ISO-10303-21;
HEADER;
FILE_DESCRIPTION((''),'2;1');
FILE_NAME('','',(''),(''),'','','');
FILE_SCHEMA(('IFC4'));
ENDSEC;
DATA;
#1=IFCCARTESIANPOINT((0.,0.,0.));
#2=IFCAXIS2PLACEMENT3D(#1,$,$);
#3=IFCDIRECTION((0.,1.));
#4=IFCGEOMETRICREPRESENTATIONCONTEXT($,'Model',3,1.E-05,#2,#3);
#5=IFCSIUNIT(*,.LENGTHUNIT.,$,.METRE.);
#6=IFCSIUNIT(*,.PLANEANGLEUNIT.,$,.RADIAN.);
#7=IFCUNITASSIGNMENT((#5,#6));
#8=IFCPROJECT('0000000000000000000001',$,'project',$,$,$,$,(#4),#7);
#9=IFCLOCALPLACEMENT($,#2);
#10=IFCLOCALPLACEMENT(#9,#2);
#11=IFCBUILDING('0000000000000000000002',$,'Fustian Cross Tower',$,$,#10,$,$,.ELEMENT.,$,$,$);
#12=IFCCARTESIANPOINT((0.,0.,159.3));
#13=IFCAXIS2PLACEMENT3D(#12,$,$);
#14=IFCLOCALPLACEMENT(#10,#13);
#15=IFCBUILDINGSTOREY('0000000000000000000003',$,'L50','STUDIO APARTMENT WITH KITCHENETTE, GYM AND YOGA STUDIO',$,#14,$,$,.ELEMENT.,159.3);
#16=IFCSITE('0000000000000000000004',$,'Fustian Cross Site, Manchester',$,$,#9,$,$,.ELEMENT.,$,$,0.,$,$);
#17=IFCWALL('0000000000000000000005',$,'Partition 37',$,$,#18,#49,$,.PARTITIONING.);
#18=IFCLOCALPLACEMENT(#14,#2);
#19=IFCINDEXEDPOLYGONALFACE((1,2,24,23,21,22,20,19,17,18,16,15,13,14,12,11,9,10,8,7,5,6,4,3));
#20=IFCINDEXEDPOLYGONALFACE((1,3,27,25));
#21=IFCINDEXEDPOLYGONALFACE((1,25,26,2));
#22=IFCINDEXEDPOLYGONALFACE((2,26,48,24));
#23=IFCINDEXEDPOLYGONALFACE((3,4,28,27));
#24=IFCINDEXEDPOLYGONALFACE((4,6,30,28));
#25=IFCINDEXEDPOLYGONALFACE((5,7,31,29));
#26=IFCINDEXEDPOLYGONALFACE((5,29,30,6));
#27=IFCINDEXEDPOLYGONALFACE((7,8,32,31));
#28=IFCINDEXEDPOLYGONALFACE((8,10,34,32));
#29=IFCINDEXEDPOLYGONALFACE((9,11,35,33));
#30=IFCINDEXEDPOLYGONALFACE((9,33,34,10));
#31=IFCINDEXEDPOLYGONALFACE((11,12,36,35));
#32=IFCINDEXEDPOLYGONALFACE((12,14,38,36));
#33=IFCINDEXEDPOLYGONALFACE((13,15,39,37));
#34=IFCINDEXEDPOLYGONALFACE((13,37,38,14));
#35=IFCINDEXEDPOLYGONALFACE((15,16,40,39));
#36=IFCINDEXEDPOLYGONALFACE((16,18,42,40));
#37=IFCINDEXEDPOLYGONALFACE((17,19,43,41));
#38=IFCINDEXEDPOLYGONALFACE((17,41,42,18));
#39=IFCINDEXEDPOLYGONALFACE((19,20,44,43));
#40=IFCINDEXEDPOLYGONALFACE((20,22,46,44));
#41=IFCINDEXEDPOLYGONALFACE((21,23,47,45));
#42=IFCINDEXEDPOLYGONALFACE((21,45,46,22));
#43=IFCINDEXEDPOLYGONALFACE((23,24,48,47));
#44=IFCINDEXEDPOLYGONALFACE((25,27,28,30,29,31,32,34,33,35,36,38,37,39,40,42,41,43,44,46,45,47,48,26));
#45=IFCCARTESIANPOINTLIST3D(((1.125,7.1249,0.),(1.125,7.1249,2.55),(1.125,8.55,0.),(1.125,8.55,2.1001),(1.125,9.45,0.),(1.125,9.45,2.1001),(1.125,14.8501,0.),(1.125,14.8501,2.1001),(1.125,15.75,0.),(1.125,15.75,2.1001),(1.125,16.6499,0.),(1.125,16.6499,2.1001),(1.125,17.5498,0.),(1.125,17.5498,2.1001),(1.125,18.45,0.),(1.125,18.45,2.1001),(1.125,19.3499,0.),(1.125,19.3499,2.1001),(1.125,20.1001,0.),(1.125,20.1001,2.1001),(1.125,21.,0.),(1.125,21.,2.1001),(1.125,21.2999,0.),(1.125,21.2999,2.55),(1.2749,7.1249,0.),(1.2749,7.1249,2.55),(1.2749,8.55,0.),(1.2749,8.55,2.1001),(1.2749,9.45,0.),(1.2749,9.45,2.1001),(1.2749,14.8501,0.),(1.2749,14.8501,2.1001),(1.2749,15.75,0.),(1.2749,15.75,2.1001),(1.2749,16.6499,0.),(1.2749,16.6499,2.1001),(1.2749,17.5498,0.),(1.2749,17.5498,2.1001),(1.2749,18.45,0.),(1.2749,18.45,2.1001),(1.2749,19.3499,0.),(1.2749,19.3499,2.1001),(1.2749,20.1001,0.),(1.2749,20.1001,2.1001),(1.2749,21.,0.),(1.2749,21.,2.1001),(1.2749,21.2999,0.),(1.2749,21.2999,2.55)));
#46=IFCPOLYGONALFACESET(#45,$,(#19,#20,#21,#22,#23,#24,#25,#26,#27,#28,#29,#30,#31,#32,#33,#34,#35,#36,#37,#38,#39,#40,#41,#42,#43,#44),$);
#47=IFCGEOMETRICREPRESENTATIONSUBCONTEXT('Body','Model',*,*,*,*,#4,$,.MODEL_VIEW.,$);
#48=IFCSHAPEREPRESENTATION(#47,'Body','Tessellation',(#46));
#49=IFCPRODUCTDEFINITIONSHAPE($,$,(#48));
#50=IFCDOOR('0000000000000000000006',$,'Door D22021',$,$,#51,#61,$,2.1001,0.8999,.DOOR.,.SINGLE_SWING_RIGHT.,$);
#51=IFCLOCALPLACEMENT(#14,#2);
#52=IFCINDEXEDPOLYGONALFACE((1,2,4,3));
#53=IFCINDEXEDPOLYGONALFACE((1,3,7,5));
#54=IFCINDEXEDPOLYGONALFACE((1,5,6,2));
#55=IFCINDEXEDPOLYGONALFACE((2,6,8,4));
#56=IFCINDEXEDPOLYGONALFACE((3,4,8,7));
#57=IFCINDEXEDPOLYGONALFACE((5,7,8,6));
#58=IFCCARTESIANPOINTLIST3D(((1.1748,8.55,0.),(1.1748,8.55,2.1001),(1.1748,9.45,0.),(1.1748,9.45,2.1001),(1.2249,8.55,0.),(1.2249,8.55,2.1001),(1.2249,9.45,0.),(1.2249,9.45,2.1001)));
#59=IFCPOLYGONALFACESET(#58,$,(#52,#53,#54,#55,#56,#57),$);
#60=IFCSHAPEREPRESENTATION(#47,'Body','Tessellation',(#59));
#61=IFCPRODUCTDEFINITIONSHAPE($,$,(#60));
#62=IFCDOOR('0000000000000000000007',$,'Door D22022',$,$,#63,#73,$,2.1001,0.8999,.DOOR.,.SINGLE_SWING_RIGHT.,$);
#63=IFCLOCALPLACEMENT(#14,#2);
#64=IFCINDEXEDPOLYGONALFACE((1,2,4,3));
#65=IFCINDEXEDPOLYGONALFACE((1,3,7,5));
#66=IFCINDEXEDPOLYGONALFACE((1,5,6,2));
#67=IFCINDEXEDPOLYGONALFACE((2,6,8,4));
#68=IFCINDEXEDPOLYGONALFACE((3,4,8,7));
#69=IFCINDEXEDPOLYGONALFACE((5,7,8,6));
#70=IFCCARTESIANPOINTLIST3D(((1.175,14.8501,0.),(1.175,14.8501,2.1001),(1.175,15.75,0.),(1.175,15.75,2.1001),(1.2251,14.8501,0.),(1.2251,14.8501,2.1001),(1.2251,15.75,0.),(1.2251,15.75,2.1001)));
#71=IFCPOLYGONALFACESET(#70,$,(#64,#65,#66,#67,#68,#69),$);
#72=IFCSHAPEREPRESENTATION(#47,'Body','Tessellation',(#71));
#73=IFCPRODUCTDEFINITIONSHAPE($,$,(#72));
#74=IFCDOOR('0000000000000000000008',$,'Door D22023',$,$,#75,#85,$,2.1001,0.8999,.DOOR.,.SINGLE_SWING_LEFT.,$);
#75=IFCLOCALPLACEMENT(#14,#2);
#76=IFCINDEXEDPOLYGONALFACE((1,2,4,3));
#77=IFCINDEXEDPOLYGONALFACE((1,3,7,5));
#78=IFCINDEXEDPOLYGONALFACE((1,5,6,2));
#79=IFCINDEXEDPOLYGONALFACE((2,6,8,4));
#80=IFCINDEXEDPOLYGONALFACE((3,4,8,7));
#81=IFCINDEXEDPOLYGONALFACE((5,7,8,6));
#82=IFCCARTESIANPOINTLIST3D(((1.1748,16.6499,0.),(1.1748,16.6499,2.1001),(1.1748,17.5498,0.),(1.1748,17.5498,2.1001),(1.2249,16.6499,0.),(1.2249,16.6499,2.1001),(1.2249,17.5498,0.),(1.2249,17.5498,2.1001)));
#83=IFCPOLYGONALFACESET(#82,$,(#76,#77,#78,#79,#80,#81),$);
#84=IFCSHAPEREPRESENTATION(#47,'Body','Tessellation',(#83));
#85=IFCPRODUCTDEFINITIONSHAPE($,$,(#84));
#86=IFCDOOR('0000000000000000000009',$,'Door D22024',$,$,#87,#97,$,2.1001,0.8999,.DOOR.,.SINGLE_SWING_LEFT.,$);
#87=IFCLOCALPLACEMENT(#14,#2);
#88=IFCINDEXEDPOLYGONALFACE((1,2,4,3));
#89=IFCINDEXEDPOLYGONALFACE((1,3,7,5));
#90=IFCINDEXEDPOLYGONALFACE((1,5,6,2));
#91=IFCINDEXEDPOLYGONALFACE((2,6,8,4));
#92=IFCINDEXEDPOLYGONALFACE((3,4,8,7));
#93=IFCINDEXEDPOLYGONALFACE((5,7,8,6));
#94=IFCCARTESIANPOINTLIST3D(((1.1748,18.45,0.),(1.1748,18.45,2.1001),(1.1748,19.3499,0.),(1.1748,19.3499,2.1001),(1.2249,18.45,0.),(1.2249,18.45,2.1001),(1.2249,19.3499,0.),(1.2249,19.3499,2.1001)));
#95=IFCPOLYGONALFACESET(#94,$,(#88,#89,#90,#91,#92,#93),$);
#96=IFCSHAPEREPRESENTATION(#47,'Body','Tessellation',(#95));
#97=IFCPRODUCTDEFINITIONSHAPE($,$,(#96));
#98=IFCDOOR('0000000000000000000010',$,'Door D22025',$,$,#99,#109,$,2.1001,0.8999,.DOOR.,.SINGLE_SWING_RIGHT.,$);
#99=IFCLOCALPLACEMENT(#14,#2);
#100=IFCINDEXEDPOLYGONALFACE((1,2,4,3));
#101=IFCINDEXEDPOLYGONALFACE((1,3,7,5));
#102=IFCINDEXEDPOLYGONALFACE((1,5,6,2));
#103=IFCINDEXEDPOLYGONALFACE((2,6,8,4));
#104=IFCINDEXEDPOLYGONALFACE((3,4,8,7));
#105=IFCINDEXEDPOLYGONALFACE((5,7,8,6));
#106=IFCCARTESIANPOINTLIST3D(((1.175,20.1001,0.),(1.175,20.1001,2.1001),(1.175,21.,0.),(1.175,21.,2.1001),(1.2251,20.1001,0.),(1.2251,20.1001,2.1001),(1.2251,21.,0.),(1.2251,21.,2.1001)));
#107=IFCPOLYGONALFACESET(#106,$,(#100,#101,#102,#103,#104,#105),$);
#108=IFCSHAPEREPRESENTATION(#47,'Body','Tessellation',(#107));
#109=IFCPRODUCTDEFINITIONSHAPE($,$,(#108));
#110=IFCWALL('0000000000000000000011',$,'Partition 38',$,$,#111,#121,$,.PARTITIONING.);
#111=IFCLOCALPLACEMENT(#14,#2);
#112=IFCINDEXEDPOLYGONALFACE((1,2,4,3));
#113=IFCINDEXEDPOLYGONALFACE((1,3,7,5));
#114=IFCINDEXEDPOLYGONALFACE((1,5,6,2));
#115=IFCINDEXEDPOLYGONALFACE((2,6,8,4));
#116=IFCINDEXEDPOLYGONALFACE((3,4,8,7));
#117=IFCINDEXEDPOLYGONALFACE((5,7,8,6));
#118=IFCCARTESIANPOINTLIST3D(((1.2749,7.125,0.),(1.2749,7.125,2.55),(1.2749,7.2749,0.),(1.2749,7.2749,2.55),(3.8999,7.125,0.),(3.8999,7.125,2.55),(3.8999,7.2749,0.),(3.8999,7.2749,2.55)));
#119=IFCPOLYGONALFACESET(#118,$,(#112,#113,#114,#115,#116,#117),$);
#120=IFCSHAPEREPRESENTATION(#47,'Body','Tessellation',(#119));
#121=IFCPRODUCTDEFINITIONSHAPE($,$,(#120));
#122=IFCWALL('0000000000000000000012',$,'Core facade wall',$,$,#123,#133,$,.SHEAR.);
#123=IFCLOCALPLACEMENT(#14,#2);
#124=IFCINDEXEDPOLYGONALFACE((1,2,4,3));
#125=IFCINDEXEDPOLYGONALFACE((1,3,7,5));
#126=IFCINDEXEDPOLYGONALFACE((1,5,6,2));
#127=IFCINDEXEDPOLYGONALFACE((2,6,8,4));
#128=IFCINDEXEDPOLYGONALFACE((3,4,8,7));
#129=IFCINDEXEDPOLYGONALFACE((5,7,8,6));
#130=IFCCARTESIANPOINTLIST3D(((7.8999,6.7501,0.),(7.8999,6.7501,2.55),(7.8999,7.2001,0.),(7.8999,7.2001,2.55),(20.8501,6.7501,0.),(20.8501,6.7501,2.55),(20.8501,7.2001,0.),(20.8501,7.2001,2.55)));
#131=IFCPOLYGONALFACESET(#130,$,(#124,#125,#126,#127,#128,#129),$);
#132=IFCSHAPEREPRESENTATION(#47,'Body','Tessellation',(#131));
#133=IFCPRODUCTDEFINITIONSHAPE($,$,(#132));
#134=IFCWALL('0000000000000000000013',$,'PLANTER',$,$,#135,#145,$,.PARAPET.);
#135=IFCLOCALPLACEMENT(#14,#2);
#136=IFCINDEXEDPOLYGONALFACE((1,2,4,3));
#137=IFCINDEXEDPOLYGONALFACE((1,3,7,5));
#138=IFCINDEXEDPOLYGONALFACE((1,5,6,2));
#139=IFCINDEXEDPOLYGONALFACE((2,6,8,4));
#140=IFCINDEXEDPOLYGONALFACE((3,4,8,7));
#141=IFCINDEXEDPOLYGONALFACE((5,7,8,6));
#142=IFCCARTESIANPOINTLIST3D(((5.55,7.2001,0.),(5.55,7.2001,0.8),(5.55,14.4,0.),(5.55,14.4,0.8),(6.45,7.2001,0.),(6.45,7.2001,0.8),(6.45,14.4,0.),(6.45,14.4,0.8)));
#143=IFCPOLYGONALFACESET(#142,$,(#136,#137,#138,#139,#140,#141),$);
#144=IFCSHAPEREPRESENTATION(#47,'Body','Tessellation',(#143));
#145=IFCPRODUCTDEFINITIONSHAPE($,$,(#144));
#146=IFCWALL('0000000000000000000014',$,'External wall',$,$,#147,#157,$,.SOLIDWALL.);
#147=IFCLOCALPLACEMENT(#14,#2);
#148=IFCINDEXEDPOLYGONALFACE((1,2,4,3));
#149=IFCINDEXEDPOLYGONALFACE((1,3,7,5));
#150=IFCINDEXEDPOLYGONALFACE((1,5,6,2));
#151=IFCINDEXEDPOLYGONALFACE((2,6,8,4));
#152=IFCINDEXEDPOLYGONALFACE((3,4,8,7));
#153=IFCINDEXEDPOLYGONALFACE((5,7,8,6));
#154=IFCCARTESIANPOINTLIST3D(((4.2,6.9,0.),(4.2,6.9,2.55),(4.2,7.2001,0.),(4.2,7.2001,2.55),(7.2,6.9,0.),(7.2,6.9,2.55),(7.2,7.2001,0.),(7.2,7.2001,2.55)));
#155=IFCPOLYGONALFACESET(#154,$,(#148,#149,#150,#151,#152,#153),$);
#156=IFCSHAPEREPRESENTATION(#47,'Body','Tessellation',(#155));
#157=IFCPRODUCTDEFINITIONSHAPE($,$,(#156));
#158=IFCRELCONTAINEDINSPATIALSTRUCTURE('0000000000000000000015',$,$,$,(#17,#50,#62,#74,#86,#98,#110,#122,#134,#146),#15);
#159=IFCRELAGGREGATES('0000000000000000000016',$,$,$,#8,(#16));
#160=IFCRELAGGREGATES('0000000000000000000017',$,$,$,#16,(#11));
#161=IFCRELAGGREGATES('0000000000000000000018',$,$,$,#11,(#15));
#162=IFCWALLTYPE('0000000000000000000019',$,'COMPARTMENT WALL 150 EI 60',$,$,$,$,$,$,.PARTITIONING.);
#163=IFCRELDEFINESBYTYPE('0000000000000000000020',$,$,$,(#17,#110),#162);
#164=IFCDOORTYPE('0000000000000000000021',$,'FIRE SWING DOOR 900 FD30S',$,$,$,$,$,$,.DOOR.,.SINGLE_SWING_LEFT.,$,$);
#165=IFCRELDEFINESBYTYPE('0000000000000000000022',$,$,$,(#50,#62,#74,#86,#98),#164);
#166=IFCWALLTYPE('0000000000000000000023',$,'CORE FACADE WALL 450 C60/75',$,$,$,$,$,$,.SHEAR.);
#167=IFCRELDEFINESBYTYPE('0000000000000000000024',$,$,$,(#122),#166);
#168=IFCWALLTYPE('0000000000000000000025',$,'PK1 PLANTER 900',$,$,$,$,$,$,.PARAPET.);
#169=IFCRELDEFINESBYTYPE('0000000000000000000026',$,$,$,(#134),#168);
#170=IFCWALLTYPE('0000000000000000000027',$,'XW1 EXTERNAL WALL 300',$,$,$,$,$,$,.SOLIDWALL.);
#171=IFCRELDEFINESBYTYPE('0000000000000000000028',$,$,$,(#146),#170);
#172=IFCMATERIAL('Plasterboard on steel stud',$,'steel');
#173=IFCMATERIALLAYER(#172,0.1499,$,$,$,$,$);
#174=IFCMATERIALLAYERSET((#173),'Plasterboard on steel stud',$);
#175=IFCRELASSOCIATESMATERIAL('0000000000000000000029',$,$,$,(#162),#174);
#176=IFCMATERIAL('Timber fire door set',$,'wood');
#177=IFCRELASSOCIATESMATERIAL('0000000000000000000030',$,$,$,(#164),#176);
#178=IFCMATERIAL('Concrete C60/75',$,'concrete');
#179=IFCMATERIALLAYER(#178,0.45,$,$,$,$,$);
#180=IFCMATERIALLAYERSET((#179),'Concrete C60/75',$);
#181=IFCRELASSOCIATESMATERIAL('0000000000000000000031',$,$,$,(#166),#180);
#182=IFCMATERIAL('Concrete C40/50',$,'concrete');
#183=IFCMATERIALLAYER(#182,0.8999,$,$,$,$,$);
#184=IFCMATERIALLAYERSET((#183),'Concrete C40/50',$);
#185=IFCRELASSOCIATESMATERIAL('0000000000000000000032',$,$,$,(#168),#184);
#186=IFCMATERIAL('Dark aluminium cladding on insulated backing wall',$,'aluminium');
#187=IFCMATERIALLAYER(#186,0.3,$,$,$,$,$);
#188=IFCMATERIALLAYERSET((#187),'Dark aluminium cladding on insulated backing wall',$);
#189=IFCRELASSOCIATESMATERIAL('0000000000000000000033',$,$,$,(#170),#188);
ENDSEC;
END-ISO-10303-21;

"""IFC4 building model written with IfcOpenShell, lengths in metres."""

from ifc_helpers import new_model, si_unit, direction, frame, frame_2d, origin, place, context, subcontext, project, spatial, rectangle, extrude, material, layer, layer_set, type_object, element, fill, save


model = new_model("IFC4")

# Units and contexts
model_context = context("Model", 3, precision=1e-05, world=origin(), true_north=direction((0.0, 1.0)))
body_context = subcontext(model_context, "Body", "Model", "MODEL_VIEW")
ifc_project = project(units=[si_unit("LENGTHUNIT", "METRE"), si_unit("PLANEANGLEUNIT", "RADIAN")], contexts=[model_context])

# Site, building, storey
site_placement = place(None, origin())
site = spatial("IfcSite", under=ifc_project, at=site_placement, Name="Fustian Cross Site, Manchester", CompositionType="ELEMENT", RefElevation=0.0)
building_placement = place(site_placement, origin())
building = spatial("IfcBuilding", under=site, at=building_placement, Name="Fustian Cross Tower", CompositionType="ELEMENT")
storey_placement = place(building_placement, frame((0.0, 0.0, 159.3)))
storey = spatial("IfcBuildingStorey", under=building, at=storey_placement, Name="L50", Description="STUDIO APARTMENT WITH KITCHENETTE, GYM AND YOGA STUDIO", CompositionType="ELEMENT", Elevation=159.3)

# Wall, openings, doors
ifc_material_1 = material(Name="Plasterboard on steel stud", Category="steel")
ifc_layer_1 = layer(ifc_material_1, 0.1499)
ifc_layer_set_1 = layer_set([ifc_layer_1], Name="Plasterboard on steel stud")
wall_type_1 = type_object("IfcWallType", Name="COMPARTMENT WALL 150 EI 60", PredefinedType="PARTITIONING", material=ifc_layer_set_1)
wall_1_placement = place(storey_placement, frame((1.2, 7.125, 0.0), z_axis=(0.0, 0.0, 1.0), x_axis=(0.0, 1.0, 0.0)))
wall_1 = element("IfcWall", 1, at=wall_1_placement, inside=storey, type_object=wall_type_1, Name="Partition 37", PredefinedType="PARTITIONING", context=body_context, shape_type="SweptSolid", body=[
    extrude(rectangle(XDim=14.175, YDim=0.1499, at=frame_2d((7.0874, 0.0))), origin(), (0.0, 0.0, 1.0), 2.55),
])
opening_1_placement = place(wall_1_placement, frame((1.425, 0.0, 0.0)))
opening_1 = element("IfcOpeningElement", 2, at=opening_1_placement, cuts=wall_1, PredefinedType="OPENING", context=body_context, shape_type="SweptSolid", body=[
    extrude(rectangle(XDim=0.8999, YDim=2.1001, at=frame_2d((0.45, 1.05))), frame((0.0, 0.085, 0.0), z_axis=(0.0, -1.0, 0.0), x_axis=(1.0, 0.0, 0.0)), (0.0, 0.0, 1.0), 0.1699),
])
opening_2_placement = place(wall_1_placement, frame((7.7251, 0.0, 0.0)))
opening_2 = element("IfcOpeningElement", 3, at=opening_2_placement, cuts=wall_1, PredefinedType="OPENING", context=body_context, shape_type="SweptSolid", body=[
    extrude(rectangle(XDim=0.8999, YDim=2.1001, at=frame_2d((0.45, 1.05))), frame((0.0, 0.085, 0.0), z_axis=(0.0, -1.0, 0.0), x_axis=(1.0, 0.0, 0.0)), (0.0, 0.0, 1.0), 0.1699),
])
opening_3_placement = place(wall_1_placement, frame((9.5249, 0.0, 0.0)))
opening_3 = element("IfcOpeningElement", 4, at=opening_3_placement, cuts=wall_1, PredefinedType="OPENING", context=body_context, shape_type="SweptSolid", body=[
    extrude(rectangle(XDim=0.8999, YDim=2.1001, at=frame_2d((0.45, 1.05))), frame((0.0, 0.085, 0.0), z_axis=(0.0, -1.0, 0.0), x_axis=(1.0, 0.0, 0.0)), (0.0, 0.0, 1.0), 0.1699),
])
opening_4_placement = place(wall_1_placement, frame((11.325, 0.0, 0.0)))
opening_4 = element("IfcOpeningElement", 5, at=opening_4_placement, cuts=wall_1, PredefinedType="OPENING", context=body_context, shape_type="SweptSolid", body=[
    extrude(rectangle(XDim=0.8999, YDim=2.1001, at=frame_2d((0.45, 1.05))), frame((0.0, 0.085, 0.0), z_axis=(0.0, -1.0, 0.0), x_axis=(1.0, 0.0, 0.0)), (0.0, 0.0, 1.0), 0.1699),
])
opening_5_placement = place(wall_1_placement, frame((12.9751, 0.0, 0.0)))
opening_5 = element("IfcOpeningElement", 6, at=opening_5_placement, cuts=wall_1, PredefinedType="OPENING", context=body_context, shape_type="SweptSolid", body=[
    extrude(rectangle(XDim=0.8999, YDim=2.1001, at=frame_2d((0.45, 1.05))), frame((0.0, 0.085, 0.0), z_axis=(0.0, -1.0, 0.0), x_axis=(1.0, 0.0, 0.0)), (0.0, 0.0, 1.0), 0.1699),
])
ifc_material_2 = material(Name="Timber fire door set", Category="wood")
door_type_1 = type_object("IfcDoorType", Name="FIRE SWING DOOR 900 FD30S", OperationType="SINGLE_SWING_LEFT", PredefinedType="DOOR", material=ifc_material_2)
door_1_placement = place(opening_1_placement, frame((0.8999, 0.0, 0.0), z_axis=(0.0, 0.0, 1.0), x_axis=(-1.0, 0.0, 0.0)))
door_1 = element("IfcDoor", 7, at=door_1_placement, inside=storey, type_object=door_type_1, Name="Door D22021", OperationType="SINGLE_SWING_RIGHT", OverallHeight=2.1001, OverallWidth=0.8999, PredefinedType="DOOR", context=body_context, shape_type="SweptSolid", body=[
    extrude(rectangle(XDim=0.8999, YDim=2.1001, at=frame_2d((0.45, 1.05))), frame((0.0, 0.0249, 0.0), z_axis=(0.0, -1.0, 0.0), x_axis=(1.0, 0.0, 0.0)), (0.0, 0.0, 1.0), 0.05),
])
fill(opening_1, door_1)
door_2_placement = place(opening_2_placement, origin())
door_2 = element("IfcDoor", 8, at=door_2_placement, inside=storey, type_object=door_type_1, Name="Door D22022", OperationType="SINGLE_SWING_RIGHT", OverallHeight=2.1001, OverallWidth=0.8999, PredefinedType="DOOR", context=body_context, shape_type="SweptSolid", body=[
    extrude(rectangle(XDim=0.8999, YDim=2.1001, at=frame_2d((0.45, 1.05))), frame((0.0, 0.0249, 0.0), z_axis=(0.0, -1.0, 0.0), x_axis=(1.0, 0.0, 0.0)), (0.0, 0.0, 1.0), 0.05),
])
fill(opening_2, door_2)
door_3_placement = place(opening_3_placement, frame((0.8999, 0.0, 0.0), z_axis=(0.0, 0.0, 1.0), x_axis=(-1.0, 0.0, 0.0)))
door_3 = element("IfcDoor", 9, at=door_3_placement, inside=storey, type_object=door_type_1, Name="Door D22023", OperationType="SINGLE_SWING_LEFT", OverallHeight=2.1001, OverallWidth=0.8999, PredefinedType="DOOR", context=body_context, shape_type="SweptSolid", body=[
    extrude(rectangle(XDim=0.8999, YDim=2.1001, at=frame_2d((0.45, 1.05))), frame((0.0, 0.0249, 0.0), z_axis=(0.0, -1.0, 0.0), x_axis=(1.0, 0.0, 0.0)), (0.0, 0.0, 1.0), 0.05),
])
fill(opening_3, door_3)
door_4_placement = place(opening_4_placement, frame((0.8999, 0.0, 0.0), z_axis=(0.0, 0.0, 1.0), x_axis=(-1.0, 0.0, 0.0)))
door_4 = element("IfcDoor", 10, at=door_4_placement, inside=storey, type_object=door_type_1, Name="Door D22024", OperationType="SINGLE_SWING_LEFT", OverallHeight=2.1001, OverallWidth=0.8999, PredefinedType="DOOR", context=body_context, shape_type="SweptSolid", body=[
    extrude(rectangle(XDim=0.8999, YDim=2.1001, at=frame_2d((0.45, 1.05))), frame((0.0, 0.0249, 0.0), z_axis=(0.0, -1.0, 0.0), x_axis=(1.0, 0.0, 0.0)), (0.0, 0.0, 1.0), 0.05),
])
fill(opening_4, door_4)
door_5_placement = place(opening_5_placement, origin())
door_5 = element("IfcDoor", 11, at=door_5_placement, inside=storey, type_object=door_type_1, Name="Door D22025", OperationType="SINGLE_SWING_RIGHT", OverallHeight=2.1001, OverallWidth=0.8999, PredefinedType="DOOR", context=body_context, shape_type="SweptSolid", body=[
    extrude(rectangle(XDim=0.8999, YDim=2.1001, at=frame_2d((0.45, 1.05))), frame((0.0, 0.0249, 0.0), z_axis=(0.0, -1.0, 0.0), x_axis=(1.0, 0.0, 0.0)), (0.0, 0.0, 1.0), 0.05),
])
fill(opening_5, door_5)

# Walls
wall_2_placement = place(storey_placement, frame((1.2749, 7.2, 0.0), z_axis=(0.0, 0.0, 1.0), x_axis=(1.0, 0.0, 0.0)))
element("IfcWall", 12, at=wall_2_placement, inside=storey, type_object=wall_type_1, Name="Partition 38", PredefinedType="PARTITIONING", context=body_context, shape_type="SweptSolid", body=[
    extrude(rectangle(XDim=2.625, YDim=0.1499, at=frame_2d((1.3125, 0.0))), origin(), (0.0, 0.0, 1.0), 2.55),
])
ifc_material_3 = material(Name="Concrete C60/75", Category="concrete")
ifc_layer_2 = layer(ifc_material_3, 0.45)
ifc_layer_set_2 = layer_set([ifc_layer_2], Name="Concrete C60/75")
wall_type_2 = type_object("IfcWallType", Name="CORE FACADE WALL 450 C60/75", PredefinedType="SHEAR", material=ifc_layer_set_2)
wall_3_placement = place(storey_placement, frame((7.8999, 6.9751, 0.0), z_axis=(0.0, 0.0, 1.0), x_axis=(1.0, 0.0, 0.0)))
element("IfcWall", 13, at=wall_3_placement, inside=storey, type_object=wall_type_2, Name="Core facade wall", PredefinedType="SHEAR", context=body_context, shape_type="SweptSolid", body=[
    extrude(rectangle(XDim=12.9502, YDim=0.45, at=frame_2d((6.4751, 0.0))), origin(), (0.0, 0.0, 1.0), 2.55),
])
ifc_material_4 = material(Name="Concrete C40/50", Category="concrete")
ifc_layer_3 = layer(ifc_material_4, 0.8999)
ifc_layer_set_3 = layer_set([ifc_layer_3], Name="Concrete C40/50")
wall_type_3 = type_object("IfcWallType", Name="PK1 PLANTER 900", PredefinedType="PARAPET", material=ifc_layer_set_3)
wall_4_placement = place(storey_placement, frame((6.0, 7.2, 0.0), z_axis=(0.0, 0.0, 1.0), x_axis=(0.0, 1.0, 0.0)))
element("IfcWall", 14, at=wall_4_placement, inside=storey, type_object=wall_type_3, Name="PLANTER", PredefinedType="PARAPET", context=body_context, shape_type="SweptSolid", body=[
    extrude(rectangle(XDim=7.2, YDim=0.8999, at=frame_2d((3.6001, 0.0))), origin(), (0.0, 0.0, 1.0), 0.8),
])
ifc_material_5 = material(Name="Dark aluminium cladding on insulated backing wall", Category="aluminium")
ifc_layer_4 = layer(ifc_material_5, 0.3)
ifc_layer_set_4 = layer_set([ifc_layer_4], Name="Dark aluminium cladding on insulated backing wall")
wall_type_4 = type_object("IfcWallType", Name="XW1 EXTERNAL WALL 300", PredefinedType="SOLIDWALL", material=ifc_layer_set_4)
wall_5_placement = place(storey_placement, frame((7.2, 7.05, 0.0), z_axis=(0.0, 0.0, 1.0), x_axis=(-1.0, 0.0, 0.0)))
element("IfcWall", 15, at=wall_5_placement, inside=storey, type_object=wall_type_4, Name="External wall", PredefinedType="SOLIDWALL", context=body_context, shape_type="SweptSolid", body=[
    extrude(rectangle(XDim=3.0, YDim=0.3, at=frame_2d((1.5, 0.0))), origin(), (0.0, 0.0, 1.0), 2.55),
])

save(model, "model.ifc")
